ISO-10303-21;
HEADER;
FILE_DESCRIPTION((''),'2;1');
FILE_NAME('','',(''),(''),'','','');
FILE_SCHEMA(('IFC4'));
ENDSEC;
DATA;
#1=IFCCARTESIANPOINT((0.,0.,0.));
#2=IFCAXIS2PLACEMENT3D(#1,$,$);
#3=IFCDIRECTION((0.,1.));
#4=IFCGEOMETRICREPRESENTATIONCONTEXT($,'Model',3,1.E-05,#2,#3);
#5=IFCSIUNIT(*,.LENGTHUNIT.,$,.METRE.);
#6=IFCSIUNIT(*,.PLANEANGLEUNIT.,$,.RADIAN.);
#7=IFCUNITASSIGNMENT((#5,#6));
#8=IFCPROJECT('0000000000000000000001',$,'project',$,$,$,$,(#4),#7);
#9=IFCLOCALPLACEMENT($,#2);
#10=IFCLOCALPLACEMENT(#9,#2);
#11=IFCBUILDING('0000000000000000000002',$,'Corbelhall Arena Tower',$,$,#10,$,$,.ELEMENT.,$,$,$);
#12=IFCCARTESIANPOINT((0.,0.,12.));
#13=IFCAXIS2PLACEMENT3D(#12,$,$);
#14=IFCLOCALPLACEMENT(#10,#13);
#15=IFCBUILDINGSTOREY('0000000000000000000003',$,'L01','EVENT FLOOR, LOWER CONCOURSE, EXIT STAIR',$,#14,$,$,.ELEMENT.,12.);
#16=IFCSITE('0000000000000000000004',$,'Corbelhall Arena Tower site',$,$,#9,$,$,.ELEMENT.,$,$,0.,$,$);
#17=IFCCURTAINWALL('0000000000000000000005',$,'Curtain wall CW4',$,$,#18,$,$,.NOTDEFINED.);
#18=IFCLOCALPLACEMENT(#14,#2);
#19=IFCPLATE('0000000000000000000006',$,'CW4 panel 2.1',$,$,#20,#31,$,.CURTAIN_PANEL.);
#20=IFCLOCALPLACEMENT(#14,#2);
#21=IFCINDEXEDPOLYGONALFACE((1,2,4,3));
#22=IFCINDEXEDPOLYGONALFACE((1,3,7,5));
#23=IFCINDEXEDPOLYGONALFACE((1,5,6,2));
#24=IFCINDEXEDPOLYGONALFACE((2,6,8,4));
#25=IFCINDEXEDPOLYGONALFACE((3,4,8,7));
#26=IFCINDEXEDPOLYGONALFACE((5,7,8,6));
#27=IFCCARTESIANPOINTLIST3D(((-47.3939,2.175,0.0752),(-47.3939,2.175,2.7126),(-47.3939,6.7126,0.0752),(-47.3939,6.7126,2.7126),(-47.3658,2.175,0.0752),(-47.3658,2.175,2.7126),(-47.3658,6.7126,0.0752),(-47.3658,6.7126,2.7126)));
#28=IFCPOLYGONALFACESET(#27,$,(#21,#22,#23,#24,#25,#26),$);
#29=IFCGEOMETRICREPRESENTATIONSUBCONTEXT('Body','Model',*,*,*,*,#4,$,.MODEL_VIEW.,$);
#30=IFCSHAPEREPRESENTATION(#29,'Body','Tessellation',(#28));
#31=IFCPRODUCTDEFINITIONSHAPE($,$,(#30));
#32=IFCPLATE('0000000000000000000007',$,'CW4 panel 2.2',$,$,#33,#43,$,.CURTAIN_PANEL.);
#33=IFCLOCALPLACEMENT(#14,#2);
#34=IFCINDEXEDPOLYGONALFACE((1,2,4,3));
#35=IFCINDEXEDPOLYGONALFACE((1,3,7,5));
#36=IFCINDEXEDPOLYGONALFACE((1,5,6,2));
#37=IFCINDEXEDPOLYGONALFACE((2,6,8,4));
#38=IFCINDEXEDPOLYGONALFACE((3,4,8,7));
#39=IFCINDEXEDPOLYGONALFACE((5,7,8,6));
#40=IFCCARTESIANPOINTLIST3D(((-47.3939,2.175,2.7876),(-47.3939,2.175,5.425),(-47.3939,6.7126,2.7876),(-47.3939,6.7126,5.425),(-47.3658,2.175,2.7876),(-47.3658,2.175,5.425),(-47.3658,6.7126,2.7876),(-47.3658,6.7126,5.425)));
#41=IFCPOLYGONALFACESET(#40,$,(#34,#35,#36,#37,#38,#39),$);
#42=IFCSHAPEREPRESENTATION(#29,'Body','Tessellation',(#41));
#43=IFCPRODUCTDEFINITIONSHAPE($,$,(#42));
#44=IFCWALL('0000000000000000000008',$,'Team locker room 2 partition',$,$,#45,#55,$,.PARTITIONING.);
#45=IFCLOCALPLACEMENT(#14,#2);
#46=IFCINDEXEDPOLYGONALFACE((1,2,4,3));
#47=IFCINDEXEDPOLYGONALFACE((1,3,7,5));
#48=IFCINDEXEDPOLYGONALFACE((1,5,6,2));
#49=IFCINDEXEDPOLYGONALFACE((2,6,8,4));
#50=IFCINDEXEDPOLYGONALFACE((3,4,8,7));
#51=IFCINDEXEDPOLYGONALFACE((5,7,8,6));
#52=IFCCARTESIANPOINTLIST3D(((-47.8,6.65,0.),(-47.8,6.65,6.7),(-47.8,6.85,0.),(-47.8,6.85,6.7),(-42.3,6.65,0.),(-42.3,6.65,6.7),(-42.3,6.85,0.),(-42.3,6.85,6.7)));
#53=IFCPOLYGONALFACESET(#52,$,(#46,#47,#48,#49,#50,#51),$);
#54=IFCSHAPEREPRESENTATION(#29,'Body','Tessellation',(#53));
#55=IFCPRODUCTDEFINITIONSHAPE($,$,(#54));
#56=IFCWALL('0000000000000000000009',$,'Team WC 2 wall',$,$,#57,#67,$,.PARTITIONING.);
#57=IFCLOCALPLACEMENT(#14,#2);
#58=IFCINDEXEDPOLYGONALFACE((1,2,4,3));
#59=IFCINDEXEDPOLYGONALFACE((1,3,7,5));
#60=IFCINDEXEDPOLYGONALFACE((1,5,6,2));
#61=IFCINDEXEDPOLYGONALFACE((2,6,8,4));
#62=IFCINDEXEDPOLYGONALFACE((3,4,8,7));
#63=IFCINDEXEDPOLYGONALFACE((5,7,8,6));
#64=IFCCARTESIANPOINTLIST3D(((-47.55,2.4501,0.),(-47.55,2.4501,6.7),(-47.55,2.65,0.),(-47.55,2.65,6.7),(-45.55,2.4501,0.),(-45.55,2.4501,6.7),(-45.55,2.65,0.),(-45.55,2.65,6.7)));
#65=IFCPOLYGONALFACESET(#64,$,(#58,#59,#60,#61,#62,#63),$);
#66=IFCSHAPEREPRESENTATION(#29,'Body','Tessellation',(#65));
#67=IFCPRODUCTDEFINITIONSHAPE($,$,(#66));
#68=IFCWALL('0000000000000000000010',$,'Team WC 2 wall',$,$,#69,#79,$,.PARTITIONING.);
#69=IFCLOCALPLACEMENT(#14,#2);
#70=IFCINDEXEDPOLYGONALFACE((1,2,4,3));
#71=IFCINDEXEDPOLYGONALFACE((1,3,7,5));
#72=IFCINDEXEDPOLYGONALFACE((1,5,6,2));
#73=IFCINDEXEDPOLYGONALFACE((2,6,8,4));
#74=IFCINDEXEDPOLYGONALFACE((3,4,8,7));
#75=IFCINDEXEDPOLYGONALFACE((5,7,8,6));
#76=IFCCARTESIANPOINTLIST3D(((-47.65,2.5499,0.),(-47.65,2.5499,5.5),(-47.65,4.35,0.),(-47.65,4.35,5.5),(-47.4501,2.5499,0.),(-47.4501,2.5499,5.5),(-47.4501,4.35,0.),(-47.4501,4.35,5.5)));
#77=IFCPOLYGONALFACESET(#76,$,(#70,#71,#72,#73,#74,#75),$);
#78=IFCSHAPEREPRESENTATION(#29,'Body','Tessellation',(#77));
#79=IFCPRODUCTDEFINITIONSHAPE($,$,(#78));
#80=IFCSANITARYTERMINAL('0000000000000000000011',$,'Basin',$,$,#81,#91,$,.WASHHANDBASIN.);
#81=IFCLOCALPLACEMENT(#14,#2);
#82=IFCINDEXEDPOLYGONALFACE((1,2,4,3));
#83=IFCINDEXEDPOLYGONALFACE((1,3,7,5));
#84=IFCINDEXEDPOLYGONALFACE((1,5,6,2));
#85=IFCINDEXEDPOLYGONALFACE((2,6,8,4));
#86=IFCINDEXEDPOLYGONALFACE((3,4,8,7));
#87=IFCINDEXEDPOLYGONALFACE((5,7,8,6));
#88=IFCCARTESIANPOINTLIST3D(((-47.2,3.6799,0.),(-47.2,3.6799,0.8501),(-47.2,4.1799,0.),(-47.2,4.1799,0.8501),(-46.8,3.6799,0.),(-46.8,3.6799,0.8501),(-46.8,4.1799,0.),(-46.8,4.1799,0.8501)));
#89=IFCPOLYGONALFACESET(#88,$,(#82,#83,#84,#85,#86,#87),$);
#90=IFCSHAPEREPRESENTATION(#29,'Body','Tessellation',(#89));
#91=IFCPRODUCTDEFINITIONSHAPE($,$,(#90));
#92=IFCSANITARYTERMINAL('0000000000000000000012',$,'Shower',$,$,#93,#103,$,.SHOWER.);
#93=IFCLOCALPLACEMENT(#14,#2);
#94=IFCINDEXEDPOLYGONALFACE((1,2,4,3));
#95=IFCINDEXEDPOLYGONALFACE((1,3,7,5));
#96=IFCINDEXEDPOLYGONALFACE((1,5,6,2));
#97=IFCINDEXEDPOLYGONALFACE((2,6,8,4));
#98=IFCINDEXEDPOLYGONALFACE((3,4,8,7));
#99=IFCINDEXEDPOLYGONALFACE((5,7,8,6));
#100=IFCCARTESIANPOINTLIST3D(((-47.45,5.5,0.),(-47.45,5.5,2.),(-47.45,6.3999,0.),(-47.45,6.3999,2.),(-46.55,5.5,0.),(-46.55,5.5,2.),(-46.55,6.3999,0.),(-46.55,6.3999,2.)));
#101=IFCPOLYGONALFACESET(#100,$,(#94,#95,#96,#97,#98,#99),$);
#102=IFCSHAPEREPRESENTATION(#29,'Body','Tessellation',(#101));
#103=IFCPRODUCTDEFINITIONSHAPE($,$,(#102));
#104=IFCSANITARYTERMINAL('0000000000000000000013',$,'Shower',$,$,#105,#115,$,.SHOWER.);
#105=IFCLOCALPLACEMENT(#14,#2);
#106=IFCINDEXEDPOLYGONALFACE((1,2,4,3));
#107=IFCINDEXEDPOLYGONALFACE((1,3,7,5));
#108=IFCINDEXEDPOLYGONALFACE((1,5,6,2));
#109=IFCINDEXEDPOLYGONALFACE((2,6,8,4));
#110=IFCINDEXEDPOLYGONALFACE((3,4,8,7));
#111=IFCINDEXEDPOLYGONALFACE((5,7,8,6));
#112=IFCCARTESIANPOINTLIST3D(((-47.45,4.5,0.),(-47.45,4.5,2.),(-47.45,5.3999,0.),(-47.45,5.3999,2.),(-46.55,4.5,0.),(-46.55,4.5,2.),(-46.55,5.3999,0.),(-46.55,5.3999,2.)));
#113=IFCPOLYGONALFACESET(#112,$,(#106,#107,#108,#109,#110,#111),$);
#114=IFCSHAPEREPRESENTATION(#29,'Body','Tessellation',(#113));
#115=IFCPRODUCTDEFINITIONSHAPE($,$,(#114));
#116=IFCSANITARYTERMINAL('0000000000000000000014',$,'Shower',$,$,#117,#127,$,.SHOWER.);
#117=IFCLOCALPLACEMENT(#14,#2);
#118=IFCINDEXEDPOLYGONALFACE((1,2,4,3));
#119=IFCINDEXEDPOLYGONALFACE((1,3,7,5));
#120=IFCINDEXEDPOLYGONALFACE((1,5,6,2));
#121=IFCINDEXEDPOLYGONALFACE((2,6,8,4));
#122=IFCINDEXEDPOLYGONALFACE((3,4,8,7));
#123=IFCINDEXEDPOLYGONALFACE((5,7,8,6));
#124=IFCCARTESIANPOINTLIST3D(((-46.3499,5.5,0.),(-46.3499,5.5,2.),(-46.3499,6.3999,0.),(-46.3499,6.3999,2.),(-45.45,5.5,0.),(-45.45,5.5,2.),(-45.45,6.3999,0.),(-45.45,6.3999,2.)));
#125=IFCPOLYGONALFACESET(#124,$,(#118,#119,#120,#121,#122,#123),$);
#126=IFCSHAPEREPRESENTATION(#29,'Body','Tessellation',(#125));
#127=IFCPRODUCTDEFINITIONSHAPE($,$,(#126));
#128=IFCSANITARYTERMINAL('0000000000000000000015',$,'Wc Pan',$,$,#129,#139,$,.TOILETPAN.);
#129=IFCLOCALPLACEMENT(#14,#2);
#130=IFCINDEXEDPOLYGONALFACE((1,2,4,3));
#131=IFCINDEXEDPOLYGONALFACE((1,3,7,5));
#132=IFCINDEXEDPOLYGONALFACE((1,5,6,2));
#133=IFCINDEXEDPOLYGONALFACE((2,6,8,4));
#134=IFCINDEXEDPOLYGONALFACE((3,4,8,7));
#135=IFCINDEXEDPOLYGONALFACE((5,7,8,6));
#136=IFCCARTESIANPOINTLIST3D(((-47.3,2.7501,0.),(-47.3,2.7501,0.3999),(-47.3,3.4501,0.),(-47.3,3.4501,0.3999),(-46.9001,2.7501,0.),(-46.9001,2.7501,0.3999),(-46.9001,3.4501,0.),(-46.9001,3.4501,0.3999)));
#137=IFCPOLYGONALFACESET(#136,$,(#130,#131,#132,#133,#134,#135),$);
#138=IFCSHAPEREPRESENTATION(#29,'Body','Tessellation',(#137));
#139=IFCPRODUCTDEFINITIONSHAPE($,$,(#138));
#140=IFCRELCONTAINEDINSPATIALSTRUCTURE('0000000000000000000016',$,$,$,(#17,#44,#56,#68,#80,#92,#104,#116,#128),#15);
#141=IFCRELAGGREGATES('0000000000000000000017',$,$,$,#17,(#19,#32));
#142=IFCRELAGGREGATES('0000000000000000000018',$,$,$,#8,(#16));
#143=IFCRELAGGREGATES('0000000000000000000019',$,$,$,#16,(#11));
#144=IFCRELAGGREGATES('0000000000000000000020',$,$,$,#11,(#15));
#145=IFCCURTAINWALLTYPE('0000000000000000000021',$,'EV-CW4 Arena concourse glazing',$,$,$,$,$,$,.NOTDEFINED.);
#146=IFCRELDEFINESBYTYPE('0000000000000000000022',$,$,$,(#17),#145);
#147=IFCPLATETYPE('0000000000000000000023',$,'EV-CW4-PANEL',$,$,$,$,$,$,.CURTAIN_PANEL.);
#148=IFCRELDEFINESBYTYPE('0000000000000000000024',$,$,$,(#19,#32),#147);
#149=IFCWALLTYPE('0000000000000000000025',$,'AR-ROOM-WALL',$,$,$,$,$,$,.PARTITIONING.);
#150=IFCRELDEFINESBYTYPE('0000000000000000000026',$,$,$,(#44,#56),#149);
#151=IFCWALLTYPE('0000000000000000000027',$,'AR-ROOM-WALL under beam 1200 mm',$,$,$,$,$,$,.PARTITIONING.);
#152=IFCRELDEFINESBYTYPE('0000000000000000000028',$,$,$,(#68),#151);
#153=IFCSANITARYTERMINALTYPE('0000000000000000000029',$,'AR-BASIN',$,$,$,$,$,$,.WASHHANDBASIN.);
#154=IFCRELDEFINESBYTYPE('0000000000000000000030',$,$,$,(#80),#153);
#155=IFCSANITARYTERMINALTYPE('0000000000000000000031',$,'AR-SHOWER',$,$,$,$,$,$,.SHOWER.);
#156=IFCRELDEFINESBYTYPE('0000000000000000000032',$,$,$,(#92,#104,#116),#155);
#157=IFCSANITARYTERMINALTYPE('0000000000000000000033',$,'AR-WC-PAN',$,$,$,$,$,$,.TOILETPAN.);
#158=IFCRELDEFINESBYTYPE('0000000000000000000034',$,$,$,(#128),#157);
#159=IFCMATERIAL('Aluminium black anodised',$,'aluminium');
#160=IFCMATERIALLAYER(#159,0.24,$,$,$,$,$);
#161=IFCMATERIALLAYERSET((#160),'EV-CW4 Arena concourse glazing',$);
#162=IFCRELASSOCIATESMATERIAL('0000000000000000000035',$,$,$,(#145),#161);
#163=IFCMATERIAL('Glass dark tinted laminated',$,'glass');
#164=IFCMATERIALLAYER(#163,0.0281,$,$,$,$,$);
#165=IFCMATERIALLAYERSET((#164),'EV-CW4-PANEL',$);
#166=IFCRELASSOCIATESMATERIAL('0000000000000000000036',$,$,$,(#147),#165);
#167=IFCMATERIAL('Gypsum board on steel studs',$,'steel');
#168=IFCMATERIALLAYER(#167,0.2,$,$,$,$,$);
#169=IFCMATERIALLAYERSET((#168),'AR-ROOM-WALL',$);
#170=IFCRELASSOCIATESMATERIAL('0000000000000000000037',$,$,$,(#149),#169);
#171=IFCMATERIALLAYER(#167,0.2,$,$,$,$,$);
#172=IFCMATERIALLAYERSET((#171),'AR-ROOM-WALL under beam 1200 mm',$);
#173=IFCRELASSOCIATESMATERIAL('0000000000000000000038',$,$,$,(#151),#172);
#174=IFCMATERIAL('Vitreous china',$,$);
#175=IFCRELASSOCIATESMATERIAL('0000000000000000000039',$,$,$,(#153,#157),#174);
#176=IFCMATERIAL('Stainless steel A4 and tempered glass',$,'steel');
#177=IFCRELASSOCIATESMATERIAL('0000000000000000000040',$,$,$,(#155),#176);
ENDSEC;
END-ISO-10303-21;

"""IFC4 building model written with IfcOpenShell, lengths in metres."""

from ifc_helpers import new_model, si_unit, direction, frame, frame_2d, origin, origin_2d, place, context, subcontext, project, spatial, rectangle, extrude, material, layer, layer_set, type_object, element, aggregate, save


model = new_model("IFC4")

# Units and contexts
model_context = context("Model", 3, precision=1e-05, world=origin(), true_north=direction((0.0, 1.0)))
body_context = subcontext(model_context, "Body", "Model", "MODEL_VIEW")
ifc_project = project(units=[si_unit("LENGTHUNIT", "METRE"), si_unit("PLANEANGLEUNIT", "RADIAN")], contexts=[model_context])

# Site, building, storey
site_placement = place(None, origin())
site = spatial("IfcSite", under=ifc_project, at=site_placement, Name="Corbelhall Arena Tower site", CompositionType="ELEMENT", RefElevation=0.0)
building_placement = place(site_placement, origin())
building = spatial("IfcBuilding", under=site, at=building_placement, Name="Corbelhall Arena Tower", CompositionType="ELEMENT")
storey_placement = place(building_placement, frame((0.0, 0.0, 12.0)))
storey = spatial("IfcBuildingStorey", under=building, at=storey_placement, Name="L01", Description="EVENT FLOOR, LOWER CONCOURSE, EXIT STAIR", CompositionType="ELEMENT", Elevation=12.0)

# Shared definitions
ifc_material_1 = material(Name="Aluminium black anodised", Category="aluminium")
ifc_layer_1 = layer(ifc_material_1, 0.24)
ifc_layer_set_1 = layer_set([ifc_layer_1], Name="EV-CW4 Arena concourse glazing")
curtain_wall_type = type_object("IfcCurtainWallType", Name="EV-CW4 Arena concourse glazing", PredefinedType="NOTDEFINED", material=ifc_layer_set_1)

# Curtain wall
curtain_wall_1_placement = place(storey_placement, origin())
curtain_wall_1 = element("IfcCurtainWall", 1, at=curtain_wall_1_placement, inside=storey, type_object=curtain_wall_type, Name="Curtain wall CW4", PredefinedType="NOTDEFINED")

# Plates
ifc_material_2 = material(Name="Glass dark tinted laminated", Category="glass")
ifc_layer_2 = layer(ifc_material_2, 0.0281)
ifc_layer_set_2 = layer_set([ifc_layer_2], Name="EV-CW4-PANEL")
plate_type = type_object("IfcPlateType", Name="EV-CW4-PANEL", PredefinedType="CURTAIN_PANEL", material=ifc_layer_set_2)
plate_1_placement = place(storey_placement, frame((-47.3799, 4.4438, 0.0752), z_axis=(0.0, 0.0, 1.0), x_axis=(0.0, -1.0, 0.0)))
plate_1 = element("IfcPlate", 2, at=plate_1_placement, type_object=plate_type, Name="CW4 panel 2.1", PredefinedType="CURTAIN_PANEL", context=body_context, shape_type="SweptSolid", body=[
    extrude(rectangle(XDim=4.5376, YDim=0.0281, at=origin_2d()), origin(), (0.0, 0.0, 1.0), 2.6375),
])
plate_2_placement = place(storey_placement, frame((-47.3799, 4.4438, 2.7876), z_axis=(0.0, 0.0, 1.0), x_axis=(0.0, -1.0, 0.0)))
plate_2 = element("IfcPlate", 3, at=plate_2_placement, type_object=plate_type, Name="CW4 panel 2.2", PredefinedType="CURTAIN_PANEL", context=body_context, shape_type="SweptSolid", body=[
    extrude(rectangle(XDim=4.5376, YDim=0.0281, at=origin_2d()), origin(), (0.0, 0.0, 1.0), 2.6375),
])
aggregate(curtain_wall_1, [plate_1, plate_2])

# Walls
ifc_material_3 = material(Name="Gypsum board on steel studs", Category="steel")
ifc_layer_3 = layer(ifc_material_3, 0.2)
ifc_layer_set_3 = layer_set([ifc_layer_3], Name="AR-ROOM-WALL")
wall_type_1 = type_object("IfcWallType", Name="AR-ROOM-WALL", PredefinedType="PARTITIONING", material=ifc_layer_set_3)
wall_1_placement = place(storey_placement, frame((-47.8, 6.75, 0.0), z_axis=(0.0, 0.0, 1.0), x_axis=(1.0, 0.0, 0.0)))
element("IfcWall", 4, at=wall_1_placement, inside=storey, type_object=wall_type_1, Name="Team locker room 2 partition", PredefinedType="PARTITIONING", context=body_context, shape_type="SweptSolid", body=[
    extrude(rectangle(XDim=5.5, YDim=0.2, at=frame_2d((2.75, 0.0))), origin(), (0.0, 0.0, 1.0), 6.7),
])
wall_2_placement = place(storey_placement, frame((-47.55, 2.55, 0.0), z_axis=(0.0, 0.0, 1.0), x_axis=(1.0, 0.0, 0.0)))
element("IfcWall", 5, at=wall_2_placement, inside=storey, type_object=wall_type_1, Name="Team WC 2 wall", PredefinedType="PARTITIONING", context=body_context, shape_type="SweptSolid", body=[
    extrude(rectangle(XDim=2.0, YDim=0.2, at=frame_2d((1.0, 0.0))), origin(), (0.0, 0.0, 1.0), 6.7),
])
ifc_layer_4 = layer(ifc_material_3, 0.2)
ifc_layer_set_4 = layer_set([ifc_layer_4], Name="AR-ROOM-WALL under beam 1200 mm")
wall_type_2 = type_object("IfcWallType", Name="AR-ROOM-WALL under beam 1200 mm", PredefinedType="PARTITIONING", material=ifc_layer_set_4)
wall_3_placement = place(storey_placement, frame((-47.55, 2.55, 0.0), z_axis=(0.0, 0.0, 1.0), x_axis=(0.0, 1.0, 0.0)))
element("IfcWall", 6, at=wall_3_placement, inside=storey, type_object=wall_type_2, Name="Team WC 2 wall", PredefinedType="PARTITIONING", context=body_context, shape_type="SweptSolid", body=[
    extrude(rectangle(XDim=1.8, YDim=0.2, at=frame_2d((0.8999, 0.0))), origin(), (0.0, 0.0, 1.0), 5.5),
])

# Sanitary terminals
ifc_material_4 = material(Name="Vitreous china")
sanitary_terminal_type_1 = type_object("IfcSanitaryTerminalType", Name="AR-BASIN", PredefinedType="WASHHANDBASIN", material=ifc_material_4)
sanitary_terminal_1_placement = place(storey_placement, frame((-47.0, 3.9299, 0.0), z_axis=(0.0, 0.0, 1.0), x_axis=(1.0, 0.0, 0.0)))
element("IfcSanitaryTerminal", 7, at=sanitary_terminal_1_placement, inside=storey, type_object=sanitary_terminal_type_1, Name="Basin", PredefinedType="WASHHANDBASIN", context=body_context, shape_type="SweptSolid", body=[
    extrude(rectangle(XDim=0.3999, YDim=0.5, at=origin_2d()), origin(), (0.0, 0.0, 1.0), 0.8501),
])
ifc_material_5 = material(Name="Stainless steel A4 and tempered glass", Category="steel")
sanitary_terminal_type_2 = type_object("IfcSanitaryTerminalType", Name="AR-SHOWER", PredefinedType="SHOWER", material=ifc_material_5)
for number, where, z_axis, x_axis, name in (
    (8, (-47.0, 5.95, 0.0), (0.0, 0.0, 1.0), (1.0, 0.0, 0.0), "Shower"),
    (9, (-47.0, 4.95, 0.0), (0.0, 0.0, 1.0), (1.0, 0.0, 0.0), "Shower"),
    (10, (-45.8999, 5.95, 0.0), (0.0, 0.0, 1.0), (1.0, 0.0, 0.0), "Shower"),
):
    element("IfcSanitaryTerminal", number, at=place(storey_placement, frame(where, z_axis=z_axis, x_axis=x_axis)), inside=storey, type_object=sanitary_terminal_type_2, Name=name, PredefinedType="SHOWER", context=body_context, shape_type="SweptSolid", body=[
        extrude(rectangle(XDim=0.8999, YDim=0.8999, at=origin_2d()), origin(), (0.0, 0.0, 1.0), 2.0),
    ])
sanitary_terminal_type_3 = type_object("IfcSanitaryTerminalType", Name="AR-WC-PAN", PredefinedType="TOILETPAN", material=ifc_material_4)
sanitary_terminal_2_placement = place(storey_placement, frame((-47.1001, 3.1001, 0.0), z_axis=(0.0, 0.0, 1.0), x_axis=(1.0, 0.0, 0.0)))
element("IfcSanitaryTerminal", 11, at=sanitary_terminal_2_placement, inside=storey, type_object=sanitary_terminal_type_3, Name="Wc Pan", PredefinedType="TOILETPAN", context=body_context, shape_type="SweptSolid", body=[
    extrude(rectangle(XDim=0.3999, YDim=0.7, at=origin_2d()), origin(), (0.0, 0.0, 1.0), 0.3999),
])

save(model, "model.ifc")
